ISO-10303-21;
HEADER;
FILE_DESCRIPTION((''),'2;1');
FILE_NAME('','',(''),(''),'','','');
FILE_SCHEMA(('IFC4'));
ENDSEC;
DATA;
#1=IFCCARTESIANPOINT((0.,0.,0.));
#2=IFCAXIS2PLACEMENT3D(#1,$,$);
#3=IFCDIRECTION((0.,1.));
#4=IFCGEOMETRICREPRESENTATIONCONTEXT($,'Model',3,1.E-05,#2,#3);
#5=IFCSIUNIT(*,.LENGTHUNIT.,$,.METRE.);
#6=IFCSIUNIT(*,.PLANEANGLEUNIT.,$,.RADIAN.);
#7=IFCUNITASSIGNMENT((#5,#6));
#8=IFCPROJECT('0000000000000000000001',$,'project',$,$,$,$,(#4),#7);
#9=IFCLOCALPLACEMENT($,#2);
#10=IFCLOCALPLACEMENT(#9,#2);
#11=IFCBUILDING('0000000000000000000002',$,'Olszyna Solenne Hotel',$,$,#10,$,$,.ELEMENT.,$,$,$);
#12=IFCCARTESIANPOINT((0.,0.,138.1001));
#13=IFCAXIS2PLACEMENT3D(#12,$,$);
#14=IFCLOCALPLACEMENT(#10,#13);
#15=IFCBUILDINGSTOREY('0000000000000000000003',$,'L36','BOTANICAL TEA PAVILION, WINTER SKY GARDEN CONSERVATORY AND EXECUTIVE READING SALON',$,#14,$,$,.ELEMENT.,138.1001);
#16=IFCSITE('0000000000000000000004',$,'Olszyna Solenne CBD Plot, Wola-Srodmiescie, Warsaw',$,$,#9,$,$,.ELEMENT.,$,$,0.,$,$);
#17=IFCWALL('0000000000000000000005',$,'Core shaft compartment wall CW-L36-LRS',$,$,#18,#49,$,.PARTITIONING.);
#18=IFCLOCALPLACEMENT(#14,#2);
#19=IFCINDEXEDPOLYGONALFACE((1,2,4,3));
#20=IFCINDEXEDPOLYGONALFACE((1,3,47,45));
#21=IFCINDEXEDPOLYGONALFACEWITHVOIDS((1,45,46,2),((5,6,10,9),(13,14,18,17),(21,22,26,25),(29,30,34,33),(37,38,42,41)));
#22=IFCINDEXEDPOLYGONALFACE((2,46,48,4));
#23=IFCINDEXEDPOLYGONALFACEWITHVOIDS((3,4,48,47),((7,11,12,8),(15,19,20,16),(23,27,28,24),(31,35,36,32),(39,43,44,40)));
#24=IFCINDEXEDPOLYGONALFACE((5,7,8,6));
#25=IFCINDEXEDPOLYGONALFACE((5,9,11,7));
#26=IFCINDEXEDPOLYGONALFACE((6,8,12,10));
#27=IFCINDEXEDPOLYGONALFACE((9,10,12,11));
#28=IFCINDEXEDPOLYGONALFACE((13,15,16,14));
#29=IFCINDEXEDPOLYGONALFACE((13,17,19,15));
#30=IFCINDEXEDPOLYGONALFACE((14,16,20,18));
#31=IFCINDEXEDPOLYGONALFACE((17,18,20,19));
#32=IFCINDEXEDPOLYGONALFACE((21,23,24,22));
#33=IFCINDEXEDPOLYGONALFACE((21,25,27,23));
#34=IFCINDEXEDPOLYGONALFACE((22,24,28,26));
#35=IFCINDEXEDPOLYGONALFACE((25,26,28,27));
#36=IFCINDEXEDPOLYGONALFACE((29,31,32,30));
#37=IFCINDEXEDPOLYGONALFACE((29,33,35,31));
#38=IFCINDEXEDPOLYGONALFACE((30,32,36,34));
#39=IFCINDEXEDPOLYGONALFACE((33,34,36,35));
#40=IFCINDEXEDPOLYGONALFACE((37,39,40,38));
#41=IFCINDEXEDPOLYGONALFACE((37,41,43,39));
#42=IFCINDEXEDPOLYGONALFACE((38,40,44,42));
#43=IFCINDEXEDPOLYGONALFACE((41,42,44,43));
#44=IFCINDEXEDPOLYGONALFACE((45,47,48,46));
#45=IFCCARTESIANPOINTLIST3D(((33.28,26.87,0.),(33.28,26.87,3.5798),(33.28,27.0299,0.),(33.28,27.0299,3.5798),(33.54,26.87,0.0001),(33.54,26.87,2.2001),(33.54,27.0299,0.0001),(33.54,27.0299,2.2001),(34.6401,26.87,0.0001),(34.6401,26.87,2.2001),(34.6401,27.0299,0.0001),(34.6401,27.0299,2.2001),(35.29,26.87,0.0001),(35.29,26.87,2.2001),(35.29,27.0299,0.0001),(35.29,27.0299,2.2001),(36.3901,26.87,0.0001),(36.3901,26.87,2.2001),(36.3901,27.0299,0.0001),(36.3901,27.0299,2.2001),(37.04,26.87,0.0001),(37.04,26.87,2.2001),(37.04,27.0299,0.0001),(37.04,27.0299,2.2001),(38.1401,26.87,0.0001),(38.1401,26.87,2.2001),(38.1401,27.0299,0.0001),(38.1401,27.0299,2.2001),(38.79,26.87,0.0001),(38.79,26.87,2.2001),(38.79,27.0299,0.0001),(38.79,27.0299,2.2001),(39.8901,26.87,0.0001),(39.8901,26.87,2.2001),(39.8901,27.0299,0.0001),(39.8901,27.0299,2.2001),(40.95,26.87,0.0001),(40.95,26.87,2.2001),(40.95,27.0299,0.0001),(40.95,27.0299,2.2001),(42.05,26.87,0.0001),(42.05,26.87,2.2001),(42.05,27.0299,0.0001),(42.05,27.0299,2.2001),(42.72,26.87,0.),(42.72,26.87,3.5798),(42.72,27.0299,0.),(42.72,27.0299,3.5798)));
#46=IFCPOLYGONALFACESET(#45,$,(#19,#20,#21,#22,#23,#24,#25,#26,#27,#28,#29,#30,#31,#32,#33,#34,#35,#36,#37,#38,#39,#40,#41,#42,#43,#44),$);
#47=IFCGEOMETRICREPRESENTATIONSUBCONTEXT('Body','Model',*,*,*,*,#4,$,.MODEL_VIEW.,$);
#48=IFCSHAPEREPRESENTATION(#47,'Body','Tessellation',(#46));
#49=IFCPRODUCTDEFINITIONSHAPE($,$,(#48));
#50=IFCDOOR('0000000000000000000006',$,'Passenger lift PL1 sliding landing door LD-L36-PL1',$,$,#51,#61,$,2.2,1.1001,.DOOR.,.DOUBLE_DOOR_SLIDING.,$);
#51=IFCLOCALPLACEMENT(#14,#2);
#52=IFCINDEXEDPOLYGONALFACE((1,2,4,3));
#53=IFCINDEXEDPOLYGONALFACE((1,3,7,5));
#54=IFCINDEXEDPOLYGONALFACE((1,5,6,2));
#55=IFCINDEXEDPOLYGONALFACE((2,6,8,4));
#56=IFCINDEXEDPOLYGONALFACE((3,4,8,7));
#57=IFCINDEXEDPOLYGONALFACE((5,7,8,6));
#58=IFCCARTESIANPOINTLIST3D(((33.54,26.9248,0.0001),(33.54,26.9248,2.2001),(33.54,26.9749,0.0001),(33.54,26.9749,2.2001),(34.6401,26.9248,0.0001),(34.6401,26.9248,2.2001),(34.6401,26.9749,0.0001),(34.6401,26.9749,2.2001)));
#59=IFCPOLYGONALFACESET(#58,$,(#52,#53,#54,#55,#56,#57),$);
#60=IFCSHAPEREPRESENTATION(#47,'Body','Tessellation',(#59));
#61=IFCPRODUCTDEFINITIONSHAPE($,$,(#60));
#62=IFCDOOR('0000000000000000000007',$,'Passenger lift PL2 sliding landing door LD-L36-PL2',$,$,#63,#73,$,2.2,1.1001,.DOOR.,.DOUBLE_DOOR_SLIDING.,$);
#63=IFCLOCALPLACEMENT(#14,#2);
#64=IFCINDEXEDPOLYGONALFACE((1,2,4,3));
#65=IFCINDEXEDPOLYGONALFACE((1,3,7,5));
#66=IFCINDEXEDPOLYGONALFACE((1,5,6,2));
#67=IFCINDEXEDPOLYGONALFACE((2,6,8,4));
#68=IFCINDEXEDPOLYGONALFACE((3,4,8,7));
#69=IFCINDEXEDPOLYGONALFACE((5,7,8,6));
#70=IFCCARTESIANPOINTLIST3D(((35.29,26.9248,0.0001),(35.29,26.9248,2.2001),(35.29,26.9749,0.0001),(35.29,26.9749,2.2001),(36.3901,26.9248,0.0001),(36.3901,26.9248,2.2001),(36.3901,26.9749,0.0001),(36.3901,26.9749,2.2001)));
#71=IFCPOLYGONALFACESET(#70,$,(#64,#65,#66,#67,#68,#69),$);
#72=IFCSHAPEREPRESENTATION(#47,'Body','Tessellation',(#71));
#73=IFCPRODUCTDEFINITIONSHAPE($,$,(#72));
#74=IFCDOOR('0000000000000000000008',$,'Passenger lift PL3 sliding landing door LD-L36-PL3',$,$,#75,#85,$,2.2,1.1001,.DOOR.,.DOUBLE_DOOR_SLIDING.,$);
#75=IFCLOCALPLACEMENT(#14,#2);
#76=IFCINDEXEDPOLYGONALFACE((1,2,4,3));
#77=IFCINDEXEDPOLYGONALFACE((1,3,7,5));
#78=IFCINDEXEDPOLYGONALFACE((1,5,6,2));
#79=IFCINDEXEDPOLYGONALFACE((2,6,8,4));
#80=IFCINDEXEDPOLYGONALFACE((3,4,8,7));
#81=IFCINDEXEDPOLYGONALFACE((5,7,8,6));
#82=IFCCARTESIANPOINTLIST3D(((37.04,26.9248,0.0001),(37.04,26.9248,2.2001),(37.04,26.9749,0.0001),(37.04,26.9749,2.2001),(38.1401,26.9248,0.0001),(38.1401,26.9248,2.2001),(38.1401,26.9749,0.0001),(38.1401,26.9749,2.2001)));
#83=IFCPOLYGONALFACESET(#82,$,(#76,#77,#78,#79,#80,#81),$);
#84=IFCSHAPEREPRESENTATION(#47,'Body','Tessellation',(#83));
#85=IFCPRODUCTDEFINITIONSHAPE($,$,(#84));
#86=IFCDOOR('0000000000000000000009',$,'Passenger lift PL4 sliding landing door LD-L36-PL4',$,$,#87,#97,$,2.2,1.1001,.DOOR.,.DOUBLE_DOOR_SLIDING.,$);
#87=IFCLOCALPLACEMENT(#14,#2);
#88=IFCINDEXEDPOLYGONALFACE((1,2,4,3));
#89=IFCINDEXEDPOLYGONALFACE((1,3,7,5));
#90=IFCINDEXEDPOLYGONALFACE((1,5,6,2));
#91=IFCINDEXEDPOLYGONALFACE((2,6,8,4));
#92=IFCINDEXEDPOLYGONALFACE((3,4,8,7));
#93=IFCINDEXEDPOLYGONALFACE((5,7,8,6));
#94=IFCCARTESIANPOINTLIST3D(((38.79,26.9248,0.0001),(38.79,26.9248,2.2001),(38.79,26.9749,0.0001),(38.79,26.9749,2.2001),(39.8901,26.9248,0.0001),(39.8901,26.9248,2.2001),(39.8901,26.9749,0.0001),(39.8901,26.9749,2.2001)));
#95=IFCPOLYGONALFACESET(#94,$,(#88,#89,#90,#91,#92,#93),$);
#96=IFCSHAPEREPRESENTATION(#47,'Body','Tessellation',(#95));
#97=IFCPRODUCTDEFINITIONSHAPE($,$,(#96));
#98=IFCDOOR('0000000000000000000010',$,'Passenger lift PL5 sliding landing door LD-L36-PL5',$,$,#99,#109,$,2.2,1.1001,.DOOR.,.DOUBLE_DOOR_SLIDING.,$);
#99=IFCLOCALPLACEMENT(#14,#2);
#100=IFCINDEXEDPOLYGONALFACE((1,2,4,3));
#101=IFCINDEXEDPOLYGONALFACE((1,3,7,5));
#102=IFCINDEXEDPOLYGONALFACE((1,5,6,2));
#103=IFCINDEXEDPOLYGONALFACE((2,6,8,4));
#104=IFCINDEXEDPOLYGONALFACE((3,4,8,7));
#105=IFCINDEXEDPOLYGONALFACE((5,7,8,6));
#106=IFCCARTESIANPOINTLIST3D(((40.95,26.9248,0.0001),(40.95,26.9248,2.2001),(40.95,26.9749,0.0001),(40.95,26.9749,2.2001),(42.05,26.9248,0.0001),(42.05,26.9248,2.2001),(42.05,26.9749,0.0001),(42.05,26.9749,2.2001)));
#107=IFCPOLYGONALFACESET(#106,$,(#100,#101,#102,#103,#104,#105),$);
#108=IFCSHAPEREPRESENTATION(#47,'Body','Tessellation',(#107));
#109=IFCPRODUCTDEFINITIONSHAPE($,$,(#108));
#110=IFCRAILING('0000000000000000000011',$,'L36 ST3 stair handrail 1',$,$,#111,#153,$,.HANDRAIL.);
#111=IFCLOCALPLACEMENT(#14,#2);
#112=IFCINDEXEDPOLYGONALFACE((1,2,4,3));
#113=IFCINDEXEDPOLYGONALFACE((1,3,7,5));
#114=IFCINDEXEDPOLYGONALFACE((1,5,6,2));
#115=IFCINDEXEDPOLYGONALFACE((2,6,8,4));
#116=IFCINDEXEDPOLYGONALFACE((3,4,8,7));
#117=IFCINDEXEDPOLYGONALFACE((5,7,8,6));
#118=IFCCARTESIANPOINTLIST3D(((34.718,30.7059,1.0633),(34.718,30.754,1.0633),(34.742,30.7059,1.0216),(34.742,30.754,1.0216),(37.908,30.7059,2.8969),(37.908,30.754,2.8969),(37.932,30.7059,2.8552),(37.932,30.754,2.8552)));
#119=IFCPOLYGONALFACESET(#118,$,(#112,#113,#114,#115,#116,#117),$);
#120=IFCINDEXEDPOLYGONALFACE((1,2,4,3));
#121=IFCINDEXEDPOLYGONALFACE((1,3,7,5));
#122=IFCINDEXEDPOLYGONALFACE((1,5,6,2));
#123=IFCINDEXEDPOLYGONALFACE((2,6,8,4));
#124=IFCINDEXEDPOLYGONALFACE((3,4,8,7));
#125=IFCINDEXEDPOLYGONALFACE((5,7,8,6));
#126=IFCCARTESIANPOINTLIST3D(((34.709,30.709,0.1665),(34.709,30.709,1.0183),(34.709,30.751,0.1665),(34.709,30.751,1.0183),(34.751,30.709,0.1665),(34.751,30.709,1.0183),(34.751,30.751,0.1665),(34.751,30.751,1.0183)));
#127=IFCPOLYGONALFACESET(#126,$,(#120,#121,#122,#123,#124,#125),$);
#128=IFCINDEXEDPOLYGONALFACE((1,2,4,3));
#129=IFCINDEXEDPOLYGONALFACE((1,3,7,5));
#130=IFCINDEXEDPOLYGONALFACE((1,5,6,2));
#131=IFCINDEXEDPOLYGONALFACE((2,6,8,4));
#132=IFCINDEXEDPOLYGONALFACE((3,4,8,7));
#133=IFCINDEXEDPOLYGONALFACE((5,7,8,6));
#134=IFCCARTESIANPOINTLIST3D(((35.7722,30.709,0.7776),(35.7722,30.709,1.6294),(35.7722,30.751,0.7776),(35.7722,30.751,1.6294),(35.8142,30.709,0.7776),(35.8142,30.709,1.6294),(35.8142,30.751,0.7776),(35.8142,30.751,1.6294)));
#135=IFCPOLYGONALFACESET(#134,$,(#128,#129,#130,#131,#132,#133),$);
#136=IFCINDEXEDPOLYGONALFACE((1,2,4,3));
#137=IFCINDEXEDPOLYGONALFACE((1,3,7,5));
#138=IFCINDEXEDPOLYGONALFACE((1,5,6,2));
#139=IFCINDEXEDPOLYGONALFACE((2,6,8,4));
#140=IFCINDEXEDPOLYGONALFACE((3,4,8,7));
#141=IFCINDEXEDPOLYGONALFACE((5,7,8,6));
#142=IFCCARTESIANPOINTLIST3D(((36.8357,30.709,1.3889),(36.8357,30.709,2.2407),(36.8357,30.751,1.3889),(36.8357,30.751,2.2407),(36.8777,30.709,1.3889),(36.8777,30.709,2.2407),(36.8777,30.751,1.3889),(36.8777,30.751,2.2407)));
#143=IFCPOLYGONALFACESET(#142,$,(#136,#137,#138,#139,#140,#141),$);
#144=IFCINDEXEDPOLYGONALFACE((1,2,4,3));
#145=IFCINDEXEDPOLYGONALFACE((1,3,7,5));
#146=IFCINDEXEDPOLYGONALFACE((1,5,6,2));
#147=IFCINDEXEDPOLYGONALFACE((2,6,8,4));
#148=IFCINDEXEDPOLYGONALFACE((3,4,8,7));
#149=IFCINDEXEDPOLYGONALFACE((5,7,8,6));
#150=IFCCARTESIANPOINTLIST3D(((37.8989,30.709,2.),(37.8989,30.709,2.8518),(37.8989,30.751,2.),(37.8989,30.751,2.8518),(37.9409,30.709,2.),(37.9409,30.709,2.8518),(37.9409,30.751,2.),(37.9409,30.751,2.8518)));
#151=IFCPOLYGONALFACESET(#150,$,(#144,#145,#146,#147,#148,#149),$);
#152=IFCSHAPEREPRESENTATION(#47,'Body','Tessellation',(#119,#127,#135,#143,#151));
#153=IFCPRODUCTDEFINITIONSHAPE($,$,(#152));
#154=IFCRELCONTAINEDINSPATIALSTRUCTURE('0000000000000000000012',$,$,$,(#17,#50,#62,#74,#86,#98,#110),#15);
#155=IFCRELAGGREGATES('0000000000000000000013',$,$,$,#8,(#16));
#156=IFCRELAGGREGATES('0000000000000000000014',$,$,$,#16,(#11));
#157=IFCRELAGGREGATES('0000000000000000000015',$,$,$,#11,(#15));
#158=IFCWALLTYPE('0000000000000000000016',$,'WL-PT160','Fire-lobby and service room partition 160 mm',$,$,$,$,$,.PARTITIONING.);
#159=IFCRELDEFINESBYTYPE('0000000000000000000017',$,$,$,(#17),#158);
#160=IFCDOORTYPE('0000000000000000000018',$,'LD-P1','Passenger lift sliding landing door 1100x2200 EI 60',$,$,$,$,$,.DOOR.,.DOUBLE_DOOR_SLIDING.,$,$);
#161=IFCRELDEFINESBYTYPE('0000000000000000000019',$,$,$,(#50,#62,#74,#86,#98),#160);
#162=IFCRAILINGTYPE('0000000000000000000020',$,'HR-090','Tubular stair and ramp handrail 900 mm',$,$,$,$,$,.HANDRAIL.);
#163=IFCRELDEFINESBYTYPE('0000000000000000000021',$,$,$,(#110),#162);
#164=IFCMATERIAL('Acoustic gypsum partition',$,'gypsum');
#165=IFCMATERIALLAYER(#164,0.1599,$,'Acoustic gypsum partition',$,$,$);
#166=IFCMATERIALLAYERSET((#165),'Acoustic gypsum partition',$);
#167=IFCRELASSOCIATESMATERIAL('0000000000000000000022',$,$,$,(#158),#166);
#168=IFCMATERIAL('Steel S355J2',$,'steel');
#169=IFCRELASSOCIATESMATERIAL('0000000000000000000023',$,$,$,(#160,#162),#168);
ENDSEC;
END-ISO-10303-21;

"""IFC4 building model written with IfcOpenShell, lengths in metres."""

from ifc_helpers import new_model, si_unit, direction, frame, frame_2d, origin, origin_2d, place, context, subcontext, project, spatial, rectangle, extrude, source, transform, mapped, material, layer, layer_set, type_object, type_shapes, element, fill, save


model = new_model("IFC4")

# Units and contexts
model_context = context("Model", 3, precision=1e-05, world=origin(), true_north=direction((0.0, 1.0)))
body_context = subcontext(model_context, "Body", "Model", "MODEL_VIEW")
ifc_project = project(units=[si_unit("LENGTHUNIT", "METRE"), si_unit("PLANEANGLEUNIT", "RADIAN")], contexts=[model_context])

# Site, building, storey
site_placement = place(None, origin())
site = spatial("IfcSite", under=ifc_project, at=site_placement, Name="Olszyna Solenne CBD Plot, Wola-Srodmiescie, Warsaw", CompositionType="ELEMENT", RefElevation=0.0)
building_placement = place(site_placement, origin())
building = spatial("IfcBuilding", under=site, at=building_placement, Name="Olszyna Solenne Hotel", CompositionType="ELEMENT")
storey_placement = place(building_placement, frame((0.0, 0.0, 138.1001)))
storey = spatial("IfcBuildingStorey", under=building, at=storey_placement, Name="L36", Description="BOTANICAL TEA PAVILION, WINTER SKY GARDEN CONSERVATORY AND EXECUTIVE READING SALON", CompositionType="ELEMENT", Elevation=138.1001)

# Shared definitions
ifc_material_1 = material(Name="Steel S355J2", Category="steel")

# Shared definitions
ifc_material_2 = material(Name="Acoustic gypsum partition", Category="gypsum")
ifc_layer = layer(ifc_material_2, 0.1599, Name="Acoustic gypsum partition")
ifc_layer_set = layer_set([ifc_layer], Name="Acoustic gypsum partition")
wall_type = type_object("IfcWallType", Name="WL-PT160", Description="Fire-lobby and service room partition 160 mm", PredefinedType="PARTITIONING", material=ifc_layer_set)

# Wall, openings, doors
wall_1_placement = place(storey_placement, frame((33.28, 26.95, 0.0), z_axis=(0.0, 0.0, 1.0), x_axis=(1.0, 0.0, 0.0)))
wall_1 = element("IfcWall", 1, at=wall_1_placement, inside=storey, type_object=wall_type, Name="Core shaft compartment wall CW-L36-LRS", PredefinedType="PARTITIONING", context=body_context, shape_type="SweptSolid", body=[
    extrude(rectangle(XDim=9.4399, YDim=0.1599, at=frame_2d((4.72, 0.0))), origin(), (0.0, 0.0, 1.0), 3.5798),
])
opening_1_placement = place(wall_1_placement, frame((0.26, 0.0, 0.0)))
opening_1 = element("IfcOpeningElement", 2, at=opening_1_placement, cuts=wall_1, PredefinedType="OPENING", context=body_context, shape_type="SweptSolid", body=[
    extrude(rectangle(XDim=1.1001, YDim=2.2, at=frame_2d((0.55, 1.1001))), frame((0.0, 0.0898, 0.0), z_axis=(0.0, -1.0, 0.0), x_axis=(1.0, 0.0, 0.0)), (0.0, 0.0, 1.0), 0.1799),
])
opening_2_placement = place(wall_1_placement, frame((2.01, 0.0, 0.0)))
opening_2 = element("IfcOpeningElement", 3, at=opening_2_placement, cuts=wall_1, PredefinedType="OPENING", context=body_context, shape_type="SweptSolid", body=[
    extrude(rectangle(XDim=1.1001, YDim=2.2, at=frame_2d((0.55, 1.1001))), frame((0.0, 0.0898, 0.0), z_axis=(0.0, -1.0, 0.0), x_axis=(1.0, 0.0, 0.0)), (0.0, 0.0, 1.0), 0.1799),
])
opening_3_placement = place(wall_1_placement, frame((3.76, 0.0, 0.0)))
opening_3 = element("IfcOpeningElement", 4, at=opening_3_placement, cuts=wall_1, PredefinedType="OPENING", context=body_context, shape_type="SweptSolid", body=[
    extrude(rectangle(XDim=1.1001, YDim=2.2, at=frame_2d((0.55, 1.1001))), frame((0.0, 0.0898, 0.0), z_axis=(0.0, -1.0, 0.0), x_axis=(1.0, 0.0, 0.0)), (0.0, 0.0, 1.0), 0.1799),
])
opening_4_placement = place(wall_1_placement, frame((5.51, 0.0, 0.0)))
opening_4 = element("IfcOpeningElement", 5, at=opening_4_placement, cuts=wall_1, PredefinedType="OPENING", context=body_context, shape_type="SweptSolid", body=[
    extrude(rectangle(XDim=1.1001, YDim=2.2, at=frame_2d((0.55, 1.1001))), frame((0.0, 0.0898, 0.0), z_axis=(0.0, -1.0, 0.0), x_axis=(1.0, 0.0, 0.0)), (0.0, 0.0, 1.0), 0.1799),
])
opening_5_placement = place(wall_1_placement, frame((7.6699, 0.0, 0.0)))
opening_5 = element("IfcOpeningElement", 6, at=opening_5_placement, cuts=wall_1, PredefinedType="OPENING", context=body_context, shape_type="SweptSolid", body=[
    extrude(rectangle(XDim=1.1001, YDim=2.2, at=frame_2d((0.55, 1.1001))), frame((0.0, 0.0898, 0.0), z_axis=(0.0, -1.0, 0.0), x_axis=(1.0, 0.0, 0.0)), (0.0, 0.0, 1.0), 0.1799),
])
door_type_1 = type_object("IfcDoorType", Name="LD-P1", Description="Passenger lift sliding landing door 1100x2200 EI 60", OperationType="DOUBLE_DOOR_SLIDING", PredefinedType="DOOR", material=ifc_material_1)
shared_shape_1 = source(origin(), body_context, "Body", "SweptSolid", [
    extrude(rectangle(XDim=1.1001, YDim=2.2, at=frame_2d((0.55, 1.1001))), frame((0.0, 0.0249, 0.0), z_axis=(0.0, -1.0, 0.0), x_axis=(1.0, 0.0, 0.0)), (0.0, 0.0, 1.0), 0.05),
])
type_shapes(door_type_1, [shared_shape_1])
door_1_placement = place(opening_1_placement, origin())
door_1 = element("IfcDoor", 7, at=door_1_placement, inside=storey, type_object=door_type_1, Name="Passenger lift PL1 sliding landing door LD-L36-PL1", OperationType="DOUBLE_DOOR_SLIDING", OverallHeight=2.2, OverallWidth=1.1001, PredefinedType="DOOR", context=body_context, shape_type="MappedRepresentation", body=[
    mapped(shared_shape_1, transform((0.0, 0.0, 0.0), x_axis=(1.0, 0.0, 0.0), y_axis=(0.0, 1.0, 0.0), z_axis=(0.0, 0.0, 1.0), scale=1.0)),
])
fill(opening_1, door_1)
door_2_placement = place(opening_2_placement, origin())
door_2 = element("IfcDoor", 8, at=door_2_placement, inside=storey, type_object=door_type_1, Name="Passenger lift PL2 sliding landing door LD-L36-PL2", OperationType="DOUBLE_DOOR_SLIDING", OverallHeight=2.2, OverallWidth=1.1001, PredefinedType="DOOR", context=body_context, shape_type="MappedRepresentation", body=[
    mapped(shared_shape_1, transform((0.0, 0.0, 0.0), x_axis=(1.0, 0.0, 0.0), y_axis=(0.0, 1.0, 0.0), z_axis=(0.0, 0.0, 1.0), scale=1.0)),
])
fill(opening_2, door_2)
door_3_placement = place(opening_3_placement, origin())
door_3 = element("IfcDoor", 9, at=door_3_placement, inside=storey, type_object=door_type_1, Name="Passenger lift PL3 sliding landing door LD-L36-PL3", OperationType="DOUBLE_DOOR_SLIDING", OverallHeight=2.2, OverallWidth=1.1001, PredefinedType="DOOR", context=body_context, shape_type="MappedRepresentation", body=[
    mapped(shared_shape_1, transform((0.0, 0.0, 0.0), x_axis=(1.0, 0.0, 0.0), y_axis=(0.0, 1.0, 0.0), z_axis=(0.0, 0.0, 1.0), scale=1.0)),
])
fill(opening_3, door_3)
door_4_placement = place(opening_4_placement, origin())
door_4 = element("IfcDoor", 10, at=door_4_placement, inside=storey, type_object=door_type_1, Name="Passenger lift PL4 sliding landing door LD-L36-PL4", OperationType="DOUBLE_DOOR_SLIDING", OverallHeight=2.2, OverallWidth=1.1001, PredefinedType="DOOR", context=body_context, shape_type="MappedRepresentation", body=[
    mapped(shared_shape_1, transform((0.0, 0.0, 0.0), x_axis=(1.0, 0.0, 0.0), y_axis=(0.0, 1.0, 0.0), z_axis=(0.0, 0.0, 1.0), scale=1.0)),
])
fill(opening_4, door_4)
door_5_placement = place(opening_5_placement, origin())
door_5 = element("IfcDoor", 11, at=door_5_placement, inside=storey, type_object=door_type_1, Name="Passenger lift PL5 sliding landing door LD-L36-PL5", OperationType="DOUBLE_DOOR_SLIDING", OverallHeight=2.2, OverallWidth=1.1001, PredefinedType="DOOR", context=body_context, shape_type="MappedRepresentation", body=[
    mapped(shared_shape_1, transform((0.0, 0.0, 0.0), x_axis=(1.0, 0.0, 0.0), y_axis=(0.0, 1.0, 0.0), z_axis=(0.0, 0.0, 1.0), scale=1.0)),
])
fill(opening_5, door_5)

# Railing
railing_type = type_object("IfcRailingType", Name="HR-090", Description="Tubular stair and ramp handrail 900 mm", PredefinedType="HANDRAIL", material=ifc_material_1)
railing_placement = place(storey_placement, frame((34.73, 30.73, 0.1665)))
element("IfcRailing", 12, at=railing_placement, inside=storey, type_object=railing_type, Name="L36 ST3 stair handrail 1", PredefinedType="HANDRAIL", context=body_context, shape_type="SweptSolid", body=[
    extrude(rectangle(XDim=0.0481, YDim=0.0481, at=origin_2d()), frame((0.0, 0.0, 0.876), z_axis=(0.866991, 0.0, 0.498324), x_axis=(0.0, 1.0, 0.0)), (0.0, 0.0, 1.0), 3.6794),
    extrude(rectangle(XDim=0.042, YDim=0.042, at=origin_2d()), origin(), (0.0, 0.0, 1.0), 0.8518),
    extrude(rectangle(XDim=0.042, YDim=0.042, at=origin_2d()), frame((1.0632, 0.0, 0.6111)), (0.0, 0.0, 1.0), 0.8518),
    extrude(rectangle(XDim=0.042, YDim=0.042, at=origin_2d()), frame((2.1267, 0.0, 1.2224)), (0.0, 0.0, 1.0), 0.8518),
    extrude(rectangle(XDim=0.042, YDim=0.042, at=origin_2d()), frame((3.1899, 0.0, 1.8335)), (0.0, 0.0, 1.0), 0.8518),
])

save(model, "model.ifc")
